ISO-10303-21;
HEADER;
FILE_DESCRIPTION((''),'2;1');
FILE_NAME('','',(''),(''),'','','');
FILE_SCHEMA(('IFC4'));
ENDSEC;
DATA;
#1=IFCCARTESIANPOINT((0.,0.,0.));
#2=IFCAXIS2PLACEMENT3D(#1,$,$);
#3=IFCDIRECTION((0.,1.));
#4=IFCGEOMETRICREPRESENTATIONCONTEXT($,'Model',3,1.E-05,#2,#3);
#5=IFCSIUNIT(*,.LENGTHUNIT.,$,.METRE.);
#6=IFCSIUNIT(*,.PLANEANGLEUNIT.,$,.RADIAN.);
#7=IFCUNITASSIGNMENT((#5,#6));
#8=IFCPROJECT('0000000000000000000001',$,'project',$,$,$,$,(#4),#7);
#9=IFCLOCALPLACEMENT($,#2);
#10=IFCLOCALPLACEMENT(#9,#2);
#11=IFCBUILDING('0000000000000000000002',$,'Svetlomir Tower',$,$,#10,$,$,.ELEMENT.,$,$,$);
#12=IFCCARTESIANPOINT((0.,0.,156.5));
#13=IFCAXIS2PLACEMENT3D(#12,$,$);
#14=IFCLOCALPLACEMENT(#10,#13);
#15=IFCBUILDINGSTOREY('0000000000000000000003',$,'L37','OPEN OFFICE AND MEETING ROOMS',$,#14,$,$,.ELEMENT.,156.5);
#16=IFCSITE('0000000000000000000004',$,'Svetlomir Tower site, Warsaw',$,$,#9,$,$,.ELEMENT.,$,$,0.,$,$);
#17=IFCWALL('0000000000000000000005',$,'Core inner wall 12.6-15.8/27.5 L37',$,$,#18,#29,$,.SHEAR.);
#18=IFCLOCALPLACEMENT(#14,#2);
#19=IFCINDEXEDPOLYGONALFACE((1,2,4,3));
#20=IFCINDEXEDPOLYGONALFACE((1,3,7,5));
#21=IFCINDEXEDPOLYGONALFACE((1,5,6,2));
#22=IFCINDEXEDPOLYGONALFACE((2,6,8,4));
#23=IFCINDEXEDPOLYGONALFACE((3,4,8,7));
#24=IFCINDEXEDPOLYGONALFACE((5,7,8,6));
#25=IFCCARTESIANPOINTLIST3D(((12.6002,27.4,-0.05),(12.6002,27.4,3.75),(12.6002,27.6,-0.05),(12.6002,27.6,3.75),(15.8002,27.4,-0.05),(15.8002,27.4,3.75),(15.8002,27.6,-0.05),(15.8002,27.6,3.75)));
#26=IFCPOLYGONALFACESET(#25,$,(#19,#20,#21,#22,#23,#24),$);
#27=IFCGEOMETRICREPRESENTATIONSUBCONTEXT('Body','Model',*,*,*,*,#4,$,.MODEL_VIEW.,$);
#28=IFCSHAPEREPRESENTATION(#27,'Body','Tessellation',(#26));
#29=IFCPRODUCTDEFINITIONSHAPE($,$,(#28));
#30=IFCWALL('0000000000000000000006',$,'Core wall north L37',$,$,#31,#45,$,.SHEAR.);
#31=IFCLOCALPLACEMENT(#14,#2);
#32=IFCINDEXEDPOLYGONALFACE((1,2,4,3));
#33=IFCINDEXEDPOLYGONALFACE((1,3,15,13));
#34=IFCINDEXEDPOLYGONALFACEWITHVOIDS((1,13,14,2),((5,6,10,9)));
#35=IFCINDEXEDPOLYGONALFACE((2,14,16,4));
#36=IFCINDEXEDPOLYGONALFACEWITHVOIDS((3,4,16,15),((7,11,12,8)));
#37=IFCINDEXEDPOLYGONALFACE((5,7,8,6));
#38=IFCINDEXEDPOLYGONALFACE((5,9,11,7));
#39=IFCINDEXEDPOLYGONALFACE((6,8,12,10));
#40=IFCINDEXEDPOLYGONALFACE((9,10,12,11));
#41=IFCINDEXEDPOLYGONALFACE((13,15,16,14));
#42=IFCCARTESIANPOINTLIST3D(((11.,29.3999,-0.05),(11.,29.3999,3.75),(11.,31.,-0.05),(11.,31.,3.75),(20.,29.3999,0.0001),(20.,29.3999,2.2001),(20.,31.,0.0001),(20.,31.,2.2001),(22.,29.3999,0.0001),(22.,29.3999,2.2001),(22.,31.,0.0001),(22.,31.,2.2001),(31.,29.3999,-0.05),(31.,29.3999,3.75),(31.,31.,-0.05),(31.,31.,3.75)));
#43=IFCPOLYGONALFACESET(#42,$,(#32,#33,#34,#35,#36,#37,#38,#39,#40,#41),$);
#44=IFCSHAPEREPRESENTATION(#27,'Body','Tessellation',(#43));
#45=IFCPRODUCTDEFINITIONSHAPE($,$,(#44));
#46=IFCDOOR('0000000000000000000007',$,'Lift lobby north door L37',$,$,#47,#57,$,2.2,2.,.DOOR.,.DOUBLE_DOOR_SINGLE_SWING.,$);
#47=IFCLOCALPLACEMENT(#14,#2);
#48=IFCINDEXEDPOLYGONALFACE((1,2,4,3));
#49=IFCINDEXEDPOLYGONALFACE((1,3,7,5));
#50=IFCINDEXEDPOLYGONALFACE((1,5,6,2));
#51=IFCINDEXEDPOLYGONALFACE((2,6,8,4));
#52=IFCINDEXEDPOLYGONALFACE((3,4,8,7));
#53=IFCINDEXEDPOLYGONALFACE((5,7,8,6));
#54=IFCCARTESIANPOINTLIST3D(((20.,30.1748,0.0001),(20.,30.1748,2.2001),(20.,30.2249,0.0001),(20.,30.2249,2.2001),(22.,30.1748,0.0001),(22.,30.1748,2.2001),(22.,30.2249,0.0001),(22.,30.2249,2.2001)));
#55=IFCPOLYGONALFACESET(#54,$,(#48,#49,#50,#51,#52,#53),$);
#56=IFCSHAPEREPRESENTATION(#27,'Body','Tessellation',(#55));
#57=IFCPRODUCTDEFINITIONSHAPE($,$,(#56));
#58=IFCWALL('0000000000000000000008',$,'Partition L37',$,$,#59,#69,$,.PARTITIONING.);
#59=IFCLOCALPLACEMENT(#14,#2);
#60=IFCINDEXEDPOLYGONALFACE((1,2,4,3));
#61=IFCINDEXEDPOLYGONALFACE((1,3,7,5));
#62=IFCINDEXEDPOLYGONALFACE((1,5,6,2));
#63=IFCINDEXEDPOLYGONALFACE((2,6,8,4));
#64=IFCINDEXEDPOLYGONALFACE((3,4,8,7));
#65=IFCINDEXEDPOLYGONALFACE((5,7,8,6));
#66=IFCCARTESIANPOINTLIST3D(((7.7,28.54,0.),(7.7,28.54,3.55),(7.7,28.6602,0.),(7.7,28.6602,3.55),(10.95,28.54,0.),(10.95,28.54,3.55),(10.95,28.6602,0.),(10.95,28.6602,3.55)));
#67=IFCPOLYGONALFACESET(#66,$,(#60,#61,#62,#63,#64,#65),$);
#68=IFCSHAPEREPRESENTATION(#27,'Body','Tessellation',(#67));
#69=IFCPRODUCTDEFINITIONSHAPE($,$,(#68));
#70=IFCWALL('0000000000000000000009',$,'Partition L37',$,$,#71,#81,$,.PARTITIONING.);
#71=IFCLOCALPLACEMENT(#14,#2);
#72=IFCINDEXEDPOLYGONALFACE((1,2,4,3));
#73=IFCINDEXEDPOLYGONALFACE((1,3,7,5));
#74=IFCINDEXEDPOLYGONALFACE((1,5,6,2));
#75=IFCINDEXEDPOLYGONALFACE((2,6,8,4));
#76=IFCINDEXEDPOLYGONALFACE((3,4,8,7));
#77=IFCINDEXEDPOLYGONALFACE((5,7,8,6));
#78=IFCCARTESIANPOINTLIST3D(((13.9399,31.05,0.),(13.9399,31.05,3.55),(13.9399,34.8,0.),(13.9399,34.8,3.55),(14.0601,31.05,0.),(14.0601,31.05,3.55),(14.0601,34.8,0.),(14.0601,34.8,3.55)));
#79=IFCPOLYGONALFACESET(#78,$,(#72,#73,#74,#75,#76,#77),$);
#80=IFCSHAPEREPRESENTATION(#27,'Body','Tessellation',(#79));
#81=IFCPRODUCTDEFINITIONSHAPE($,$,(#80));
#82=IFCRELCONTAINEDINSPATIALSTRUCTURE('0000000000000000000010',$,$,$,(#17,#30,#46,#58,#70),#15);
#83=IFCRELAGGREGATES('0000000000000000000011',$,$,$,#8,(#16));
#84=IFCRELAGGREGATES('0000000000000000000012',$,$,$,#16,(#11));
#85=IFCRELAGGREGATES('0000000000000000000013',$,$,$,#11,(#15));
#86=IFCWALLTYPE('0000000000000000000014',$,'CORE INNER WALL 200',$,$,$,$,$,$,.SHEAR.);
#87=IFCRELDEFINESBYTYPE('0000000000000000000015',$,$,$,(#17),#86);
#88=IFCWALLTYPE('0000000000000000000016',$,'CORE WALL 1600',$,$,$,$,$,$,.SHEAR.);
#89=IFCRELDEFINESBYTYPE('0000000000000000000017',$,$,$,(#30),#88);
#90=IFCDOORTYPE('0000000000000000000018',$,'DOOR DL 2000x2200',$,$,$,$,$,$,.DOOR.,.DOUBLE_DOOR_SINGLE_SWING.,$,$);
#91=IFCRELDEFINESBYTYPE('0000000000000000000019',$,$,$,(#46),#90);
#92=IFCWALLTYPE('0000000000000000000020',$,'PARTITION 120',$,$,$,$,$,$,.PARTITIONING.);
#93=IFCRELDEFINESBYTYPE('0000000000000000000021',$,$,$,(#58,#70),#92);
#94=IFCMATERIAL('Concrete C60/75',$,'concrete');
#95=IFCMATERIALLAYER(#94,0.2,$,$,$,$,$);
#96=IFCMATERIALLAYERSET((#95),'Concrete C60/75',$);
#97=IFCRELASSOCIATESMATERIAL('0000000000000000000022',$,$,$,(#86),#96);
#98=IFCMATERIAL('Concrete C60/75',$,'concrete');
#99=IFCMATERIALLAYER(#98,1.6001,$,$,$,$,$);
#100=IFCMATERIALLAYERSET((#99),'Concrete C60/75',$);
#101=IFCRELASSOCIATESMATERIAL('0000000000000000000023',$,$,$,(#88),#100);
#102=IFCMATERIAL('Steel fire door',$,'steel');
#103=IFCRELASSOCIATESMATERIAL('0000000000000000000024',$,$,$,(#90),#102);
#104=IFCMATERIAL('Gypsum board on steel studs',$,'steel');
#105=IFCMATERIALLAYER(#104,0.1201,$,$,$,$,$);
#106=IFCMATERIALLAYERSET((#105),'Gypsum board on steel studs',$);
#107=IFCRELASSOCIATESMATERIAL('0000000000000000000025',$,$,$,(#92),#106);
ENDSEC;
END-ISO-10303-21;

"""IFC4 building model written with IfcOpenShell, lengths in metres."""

from ifc_helpers import new_model, si_unit, direction, frame, frame_2d, origin, place, context, subcontext, project, spatial, rectangle, extrude, material, layer, layer_set, type_object, element, fill, save


model = new_model("IFC4")

# Units and contexts
model_context = context("Model", 3, precision=1e-05, world=origin(), true_north=direction((0.0, 1.0)))
body_context = subcontext(model_context, "Body", "Model", "MODEL_VIEW")
ifc_project = project(units=[si_unit("LENGTHUNIT", "METRE"), si_unit("PLANEANGLEUNIT", "RADIAN")], contexts=[model_context])

# Site, building, storey
site_placement = place(None, origin())
site = spatial("IfcSite", under=ifc_project, at=site_placement, Name="Svetlomir Tower site, Warsaw", CompositionType="ELEMENT", RefElevation=0.0)
building_placement = place(site_placement, origin())
building = spatial("IfcBuilding", under=site, at=building_placement, Name="Svetlomir Tower", CompositionType="ELEMENT")
storey_placement = place(building_placement, frame((0.0, 0.0, 156.5)))
storey = spatial("IfcBuildingStorey", under=building, at=storey_placement, Name="L37", Description="OPEN OFFICE AND MEETING ROOMS", CompositionType="ELEMENT", Elevation=156.5)

# Wall
ifc_material_1 = material(Name="Concrete C60/75", Category="concrete")
ifc_layer_1 = layer(ifc_material_1, 0.2)
ifc_layer_set_1 = layer_set([ifc_layer_1], Name="Concrete C60/75")
wall_type_1 = type_object("IfcWallType", Name="CORE INNER WALL 200", PredefinedType="SHEAR", material=ifc_layer_set_1)
wall_1_placement = place(storey_placement, frame((12.6001, 27.5, -0.05), z_axis=(0.0, 0.0, 1.0), x_axis=(1.0, 0.0, 0.0)))
element("IfcWall", 1, at=wall_1_placement, inside=storey, type_object=wall_type_1, Name="Core inner wall 12.6-15.8/27.5 L37", PredefinedType="SHEAR", context=body_context, shape_type="SweptSolid", body=[
    extrude(rectangle(XDim=3.2, YDim=0.2, at=frame_2d((1.6001, 0.0))), origin(), (0.0, 0.0, 1.0), 3.8),
])

# Wall, opening, door
ifc_material_2 = material(Name="Concrete C60/75", Category="concrete")
ifc_layer_2 = layer(ifc_material_2, 1.6001)
ifc_layer_set_2 = layer_set([ifc_layer_2], Name="Concrete C60/75")
wall_type_2 = type_object("IfcWallType", Name="CORE WALL 1600", PredefinedType="SHEAR", material=ifc_layer_set_2)
wall_2_placement = place(storey_placement, frame((11.0, 30.2, -0.05), z_axis=(0.0, 0.0, 1.0), x_axis=(1.0, 0.0, 0.0)))
wall_2 = element("IfcWall", 2, at=wall_2_placement, inside=storey, type_object=wall_type_2, Name="Core wall north L37", PredefinedType="SHEAR", context=body_context, shape_type="SweptSolid", body=[
    extrude(rectangle(XDim=20.0, YDim=1.6001, at=frame_2d((10.0, 0.0))), origin(), (0.0, 0.0, 1.0), 3.8),
])
opening_placement = place(wall_2_placement, frame((9.0, 0.0, 0.05)))
opening = element("IfcOpeningElement", 3, at=opening_placement, cuts=wall_2, PredefinedType="OPENING", context=body_context, shape_type="SweptSolid", body=[
    extrude(rectangle(XDim=2.0, YDim=2.2, at=frame_2d((1.0, 1.1001))), frame((0.0, 0.8101, 0.0), z_axis=(0.0, -1.0, 0.0), x_axis=(1.0, 0.0, 0.0)), (0.0, 0.0, 1.0), 1.6201),
])
ifc_material_3 = material(Name="Steel fire door", Category="steel")
door_type = type_object("IfcDoorType", Name="DOOR DL 2000x2200", OperationType="DOUBLE_DOOR_SINGLE_SWING", PredefinedType="DOOR", material=ifc_material_3)
door_placement = place(opening_placement, origin())
door = element("IfcDoor", 4, at=door_placement, inside=storey, type_object=door_type, Name="Lift lobby north door L37", OperationType="DOUBLE_DOOR_SINGLE_SWING", OverallHeight=2.2, OverallWidth=2.0, PredefinedType="DOOR", context=body_context, shape_type="SweptSolid", body=[
    extrude(rectangle(XDim=2.0, YDim=2.2, at=frame_2d((1.0, 1.1001))), frame((0.0, 0.0249, 0.0), z_axis=(0.0, -1.0, 0.0), x_axis=(1.0, 0.0, 0.0)), (0.0, 0.0, 1.0), 0.05),
])
fill(opening, door)

# Walls
ifc_material_4 = material(Name="Gypsum board on steel studs", Category="steel")
ifc_layer_3 = layer(ifc_material_4, 0.1201)
ifc_layer_set_3 = layer_set([ifc_layer_3], Name="Gypsum board on steel studs")
wall_type_3 = type_object("IfcWallType", Name="PARTITION 120", PredefinedType="PARTITIONING", material=ifc_layer_set_3)
wall_3_placement = place(storey_placement, frame((7.7, 28.6001, 0.0), z_axis=(0.0, 0.0, 1.0), x_axis=(1.0, 0.0, 0.0)))
element("IfcWall", 5, at=wall_3_placement, inside=storey, type_object=wall_type_3, Name="Partition L37", PredefinedType="PARTITIONING", context=body_context, shape_type="SweptSolid", body=[
    extrude(rectangle(XDim=3.25, YDim=0.1201, at=frame_2d((1.625, 0.0))), origin(), (0.0, 0.0, 1.0), 3.55),
])
wall_4_placement = place(storey_placement, frame((14.0, 31.05, 0.0), z_axis=(0.0, 0.0, 1.0), x_axis=(0.0, 1.0, 0.0)))
element("IfcWall", 6, at=wall_4_placement, inside=storey, type_object=wall_type_3, Name="Partition L37", PredefinedType="PARTITIONING", context=body_context, shape_type="SweptSolid", body=[
    extrude(rectangle(XDim=3.75, YDim=0.1201, at=frame_2d((1.875, 0.0))), origin(), (0.0, 0.0, 1.0), 3.55),
])

save(model, "model.ifc")
